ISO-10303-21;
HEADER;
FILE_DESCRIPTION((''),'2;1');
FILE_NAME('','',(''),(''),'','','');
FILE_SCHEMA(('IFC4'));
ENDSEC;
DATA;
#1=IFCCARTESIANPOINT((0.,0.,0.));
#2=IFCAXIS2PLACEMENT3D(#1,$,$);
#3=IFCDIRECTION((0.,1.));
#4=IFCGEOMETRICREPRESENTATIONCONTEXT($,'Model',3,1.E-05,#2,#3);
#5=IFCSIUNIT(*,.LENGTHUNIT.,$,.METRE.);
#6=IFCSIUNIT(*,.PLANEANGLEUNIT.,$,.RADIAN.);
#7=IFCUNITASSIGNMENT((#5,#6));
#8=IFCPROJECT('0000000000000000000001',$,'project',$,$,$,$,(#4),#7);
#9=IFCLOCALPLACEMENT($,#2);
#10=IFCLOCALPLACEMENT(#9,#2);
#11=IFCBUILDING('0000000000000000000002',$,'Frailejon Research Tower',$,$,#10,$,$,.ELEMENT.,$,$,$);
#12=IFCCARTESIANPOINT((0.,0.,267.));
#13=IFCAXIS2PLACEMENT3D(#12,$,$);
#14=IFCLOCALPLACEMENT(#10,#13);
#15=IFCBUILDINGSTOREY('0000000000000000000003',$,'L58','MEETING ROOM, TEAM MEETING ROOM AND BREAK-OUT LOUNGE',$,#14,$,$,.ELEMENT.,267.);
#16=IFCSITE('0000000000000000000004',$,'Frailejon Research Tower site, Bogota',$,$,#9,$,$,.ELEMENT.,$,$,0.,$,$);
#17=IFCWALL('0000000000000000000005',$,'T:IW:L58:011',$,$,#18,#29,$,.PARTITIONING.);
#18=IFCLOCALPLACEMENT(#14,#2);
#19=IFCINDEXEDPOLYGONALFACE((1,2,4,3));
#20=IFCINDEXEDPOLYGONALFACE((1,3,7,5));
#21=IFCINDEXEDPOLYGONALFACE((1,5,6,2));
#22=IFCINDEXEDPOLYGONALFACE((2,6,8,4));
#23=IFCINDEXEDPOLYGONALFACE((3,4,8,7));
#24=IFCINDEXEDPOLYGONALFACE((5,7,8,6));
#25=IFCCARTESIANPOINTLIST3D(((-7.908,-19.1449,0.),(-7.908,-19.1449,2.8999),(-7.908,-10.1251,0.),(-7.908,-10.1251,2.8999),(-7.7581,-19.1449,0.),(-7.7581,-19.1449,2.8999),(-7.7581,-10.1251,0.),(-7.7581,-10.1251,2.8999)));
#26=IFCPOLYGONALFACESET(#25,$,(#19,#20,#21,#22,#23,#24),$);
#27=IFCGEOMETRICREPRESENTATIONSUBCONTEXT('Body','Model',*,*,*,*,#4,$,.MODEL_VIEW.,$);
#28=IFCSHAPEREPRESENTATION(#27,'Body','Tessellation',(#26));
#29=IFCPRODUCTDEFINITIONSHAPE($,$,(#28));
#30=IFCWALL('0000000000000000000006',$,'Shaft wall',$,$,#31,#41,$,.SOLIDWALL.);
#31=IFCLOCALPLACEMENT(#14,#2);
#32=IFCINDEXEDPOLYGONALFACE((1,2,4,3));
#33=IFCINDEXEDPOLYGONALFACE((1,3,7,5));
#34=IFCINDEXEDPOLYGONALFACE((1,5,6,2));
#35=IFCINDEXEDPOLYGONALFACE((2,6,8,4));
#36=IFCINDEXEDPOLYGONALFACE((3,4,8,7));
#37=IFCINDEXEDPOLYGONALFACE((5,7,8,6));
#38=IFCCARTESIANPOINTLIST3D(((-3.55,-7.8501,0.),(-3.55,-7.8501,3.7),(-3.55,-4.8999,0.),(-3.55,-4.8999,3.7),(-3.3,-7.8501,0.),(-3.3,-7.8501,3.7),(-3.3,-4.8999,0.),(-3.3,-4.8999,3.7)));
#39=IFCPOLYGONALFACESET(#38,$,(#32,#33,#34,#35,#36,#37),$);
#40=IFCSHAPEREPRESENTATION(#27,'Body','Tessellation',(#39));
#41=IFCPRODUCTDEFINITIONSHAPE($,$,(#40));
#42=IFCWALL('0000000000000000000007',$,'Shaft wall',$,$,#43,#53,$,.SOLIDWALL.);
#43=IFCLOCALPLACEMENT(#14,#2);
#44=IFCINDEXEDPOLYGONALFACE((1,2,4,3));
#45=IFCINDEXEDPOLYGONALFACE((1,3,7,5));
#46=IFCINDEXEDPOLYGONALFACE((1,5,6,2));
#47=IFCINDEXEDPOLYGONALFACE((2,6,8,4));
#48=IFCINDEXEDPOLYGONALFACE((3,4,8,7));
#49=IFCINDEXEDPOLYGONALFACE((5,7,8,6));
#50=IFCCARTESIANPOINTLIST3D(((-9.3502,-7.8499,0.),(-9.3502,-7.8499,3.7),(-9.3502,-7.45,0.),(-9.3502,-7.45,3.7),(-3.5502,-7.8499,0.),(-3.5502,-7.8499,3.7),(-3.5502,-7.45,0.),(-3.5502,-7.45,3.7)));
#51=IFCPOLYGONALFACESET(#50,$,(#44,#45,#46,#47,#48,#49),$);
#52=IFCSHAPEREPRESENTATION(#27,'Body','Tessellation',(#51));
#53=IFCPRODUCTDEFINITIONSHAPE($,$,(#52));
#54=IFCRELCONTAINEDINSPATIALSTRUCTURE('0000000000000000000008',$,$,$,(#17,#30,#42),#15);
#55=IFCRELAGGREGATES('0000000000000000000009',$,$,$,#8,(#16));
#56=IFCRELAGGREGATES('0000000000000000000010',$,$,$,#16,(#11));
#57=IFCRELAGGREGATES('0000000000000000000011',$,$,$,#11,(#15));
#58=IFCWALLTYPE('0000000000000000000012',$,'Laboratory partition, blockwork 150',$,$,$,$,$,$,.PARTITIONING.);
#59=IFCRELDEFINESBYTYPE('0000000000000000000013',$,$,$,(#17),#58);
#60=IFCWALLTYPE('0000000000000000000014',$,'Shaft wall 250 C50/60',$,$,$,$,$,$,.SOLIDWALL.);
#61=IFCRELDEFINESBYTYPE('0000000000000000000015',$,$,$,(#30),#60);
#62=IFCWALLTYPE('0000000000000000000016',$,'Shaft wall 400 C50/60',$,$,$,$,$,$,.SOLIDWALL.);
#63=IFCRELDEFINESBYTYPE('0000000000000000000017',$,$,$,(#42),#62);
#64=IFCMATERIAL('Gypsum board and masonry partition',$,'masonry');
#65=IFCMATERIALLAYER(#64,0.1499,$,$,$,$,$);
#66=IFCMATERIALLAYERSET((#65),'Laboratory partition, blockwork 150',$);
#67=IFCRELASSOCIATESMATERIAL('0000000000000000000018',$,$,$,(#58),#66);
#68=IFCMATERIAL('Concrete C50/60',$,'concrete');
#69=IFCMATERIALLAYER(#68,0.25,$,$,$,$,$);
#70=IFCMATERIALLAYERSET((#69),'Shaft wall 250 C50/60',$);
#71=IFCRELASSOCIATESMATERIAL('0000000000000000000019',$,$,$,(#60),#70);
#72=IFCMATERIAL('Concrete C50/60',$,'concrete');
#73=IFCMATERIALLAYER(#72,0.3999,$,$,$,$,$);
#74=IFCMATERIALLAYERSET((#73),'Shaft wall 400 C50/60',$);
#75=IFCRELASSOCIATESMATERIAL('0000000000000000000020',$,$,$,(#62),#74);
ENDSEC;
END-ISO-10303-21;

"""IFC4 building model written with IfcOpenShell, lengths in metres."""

from ifc_helpers import new_model, si_unit, direction, frame, frame_2d, origin, place, context, subcontext, project, spatial, rectangle, extrude, material, layer, layer_set, type_object, element, save


model = new_model("IFC4")

# Units and contexts
model_context = context("Model", 3, precision=1e-05, world=origin(), true_north=direction((0.0, 1.0)))
body_context = subcontext(model_context, "Body", "Model", "MODEL_VIEW")
ifc_project = project(units=[si_unit("LENGTHUNIT", "METRE"), si_unit("PLANEANGLEUNIT", "RADIAN")], contexts=[model_context])

# Site, building, storey
site_placement = place(None, origin())
site = spatial("IfcSite", under=ifc_project, at=site_placement, Name="Frailejon Research Tower site, Bogota", CompositionType="ELEMENT", RefElevation=0.0)
building_placement = place(site_placement, origin())
building = spatial("IfcBuilding", under=site, at=building_placement, Name="Frailejon Research Tower", CompositionType="ELEMENT")
storey_placement = place(building_placement, frame((0.0, 0.0, 267.0)))
storey = spatial("IfcBuildingStorey", under=building, at=storey_placement, Name="L58", Description="MEETING ROOM, TEAM MEETING ROOM AND BREAK-OUT LOUNGE", CompositionType="ELEMENT", Elevation=267.0)

# Walls
ifc_material_1 = material(Name="Gypsum board and masonry partition", Category="masonry")
ifc_layer_1 = layer(ifc_material_1, 0.1499)
ifc_layer_set_1 = layer_set([ifc_layer_1], Name="Laboratory partition, blockwork 150")
wall_type_1 = type_object("IfcWallType", Name="Laboratory partition, blockwork 150", PredefinedType="PARTITIONING", material=ifc_layer_set_1)
wall_1_placement = place(storey_placement, frame((-7.833, -19.1448, 0.0), z_axis=(0.0, 0.0, 1.0), x_axis=(0.0, 1.0, 0.0)))
element("IfcWall", 1, at=wall_1_placement, inside=storey, type_object=wall_type_1, Name="T:IW:L58:011", PredefinedType="PARTITIONING", context=body_context, shape_type="SweptSolid", body=[
    extrude(rectangle(XDim=9.0198, YDim=0.1499, at=frame_2d((4.5098, 0.0))), origin(), (0.0, 0.0, 1.0), 2.8999),
])
ifc_material_2 = material(Name="Concrete C50/60", Category="concrete")
ifc_layer_2 = layer(ifc_material_2, 0.25)
ifc_layer_set_2 = layer_set([ifc_layer_2], Name="Shaft wall 250 C50/60")
wall_type_2 = type_object("IfcWallType", Name="Shaft wall 250 C50/60", PredefinedType="SOLIDWALL", material=ifc_layer_set_2)
wall_2_placement = place(storey_placement, frame((-3.425, -7.8501, 0.0), z_axis=(0.0, 0.0, 1.0), x_axis=(0.0, 1.0, 0.0)))
element("IfcWall", 2, at=wall_2_placement, inside=storey, type_object=wall_type_2, Name="Shaft wall", PredefinedType="SOLIDWALL", context=body_context, shape_type="SweptSolid", body=[
    extrude(rectangle(XDim=2.9502, YDim=0.25, at=frame_2d((1.4751, 0.0))), origin(), (0.0, 0.0, 1.0), 3.7),
])
ifc_material_3 = material(Name="Concrete C50/60", Category="concrete")
ifc_layer_3 = layer(ifc_material_3, 0.3999)
ifc_layer_set_3 = layer_set([ifc_layer_3], Name="Shaft wall 400 C50/60")
wall_type_3 = type_object("IfcWallType", Name="Shaft wall 400 C50/60", PredefinedType="SOLIDWALL", material=ifc_layer_set_3)
wall_3_placement = place(storey_placement, frame((-9.3501, -7.6499, 0.0), z_axis=(0.0, 0.0, 1.0), x_axis=(1.0, 0.0, 0.0)))
element("IfcWall", 3, at=wall_3_placement, inside=storey, type_object=wall_type_3, Name="Shaft wall", PredefinedType="SOLIDWALL", context=body_context, shape_type="SweptSolid", body=[
    extrude(rectangle(XDim=5.8, YDim=0.3999, at=frame_2d((2.8999, 0.0))), origin(), (0.0, 0.0, 1.0), 3.7),
])

save(model, "model.ifc")
